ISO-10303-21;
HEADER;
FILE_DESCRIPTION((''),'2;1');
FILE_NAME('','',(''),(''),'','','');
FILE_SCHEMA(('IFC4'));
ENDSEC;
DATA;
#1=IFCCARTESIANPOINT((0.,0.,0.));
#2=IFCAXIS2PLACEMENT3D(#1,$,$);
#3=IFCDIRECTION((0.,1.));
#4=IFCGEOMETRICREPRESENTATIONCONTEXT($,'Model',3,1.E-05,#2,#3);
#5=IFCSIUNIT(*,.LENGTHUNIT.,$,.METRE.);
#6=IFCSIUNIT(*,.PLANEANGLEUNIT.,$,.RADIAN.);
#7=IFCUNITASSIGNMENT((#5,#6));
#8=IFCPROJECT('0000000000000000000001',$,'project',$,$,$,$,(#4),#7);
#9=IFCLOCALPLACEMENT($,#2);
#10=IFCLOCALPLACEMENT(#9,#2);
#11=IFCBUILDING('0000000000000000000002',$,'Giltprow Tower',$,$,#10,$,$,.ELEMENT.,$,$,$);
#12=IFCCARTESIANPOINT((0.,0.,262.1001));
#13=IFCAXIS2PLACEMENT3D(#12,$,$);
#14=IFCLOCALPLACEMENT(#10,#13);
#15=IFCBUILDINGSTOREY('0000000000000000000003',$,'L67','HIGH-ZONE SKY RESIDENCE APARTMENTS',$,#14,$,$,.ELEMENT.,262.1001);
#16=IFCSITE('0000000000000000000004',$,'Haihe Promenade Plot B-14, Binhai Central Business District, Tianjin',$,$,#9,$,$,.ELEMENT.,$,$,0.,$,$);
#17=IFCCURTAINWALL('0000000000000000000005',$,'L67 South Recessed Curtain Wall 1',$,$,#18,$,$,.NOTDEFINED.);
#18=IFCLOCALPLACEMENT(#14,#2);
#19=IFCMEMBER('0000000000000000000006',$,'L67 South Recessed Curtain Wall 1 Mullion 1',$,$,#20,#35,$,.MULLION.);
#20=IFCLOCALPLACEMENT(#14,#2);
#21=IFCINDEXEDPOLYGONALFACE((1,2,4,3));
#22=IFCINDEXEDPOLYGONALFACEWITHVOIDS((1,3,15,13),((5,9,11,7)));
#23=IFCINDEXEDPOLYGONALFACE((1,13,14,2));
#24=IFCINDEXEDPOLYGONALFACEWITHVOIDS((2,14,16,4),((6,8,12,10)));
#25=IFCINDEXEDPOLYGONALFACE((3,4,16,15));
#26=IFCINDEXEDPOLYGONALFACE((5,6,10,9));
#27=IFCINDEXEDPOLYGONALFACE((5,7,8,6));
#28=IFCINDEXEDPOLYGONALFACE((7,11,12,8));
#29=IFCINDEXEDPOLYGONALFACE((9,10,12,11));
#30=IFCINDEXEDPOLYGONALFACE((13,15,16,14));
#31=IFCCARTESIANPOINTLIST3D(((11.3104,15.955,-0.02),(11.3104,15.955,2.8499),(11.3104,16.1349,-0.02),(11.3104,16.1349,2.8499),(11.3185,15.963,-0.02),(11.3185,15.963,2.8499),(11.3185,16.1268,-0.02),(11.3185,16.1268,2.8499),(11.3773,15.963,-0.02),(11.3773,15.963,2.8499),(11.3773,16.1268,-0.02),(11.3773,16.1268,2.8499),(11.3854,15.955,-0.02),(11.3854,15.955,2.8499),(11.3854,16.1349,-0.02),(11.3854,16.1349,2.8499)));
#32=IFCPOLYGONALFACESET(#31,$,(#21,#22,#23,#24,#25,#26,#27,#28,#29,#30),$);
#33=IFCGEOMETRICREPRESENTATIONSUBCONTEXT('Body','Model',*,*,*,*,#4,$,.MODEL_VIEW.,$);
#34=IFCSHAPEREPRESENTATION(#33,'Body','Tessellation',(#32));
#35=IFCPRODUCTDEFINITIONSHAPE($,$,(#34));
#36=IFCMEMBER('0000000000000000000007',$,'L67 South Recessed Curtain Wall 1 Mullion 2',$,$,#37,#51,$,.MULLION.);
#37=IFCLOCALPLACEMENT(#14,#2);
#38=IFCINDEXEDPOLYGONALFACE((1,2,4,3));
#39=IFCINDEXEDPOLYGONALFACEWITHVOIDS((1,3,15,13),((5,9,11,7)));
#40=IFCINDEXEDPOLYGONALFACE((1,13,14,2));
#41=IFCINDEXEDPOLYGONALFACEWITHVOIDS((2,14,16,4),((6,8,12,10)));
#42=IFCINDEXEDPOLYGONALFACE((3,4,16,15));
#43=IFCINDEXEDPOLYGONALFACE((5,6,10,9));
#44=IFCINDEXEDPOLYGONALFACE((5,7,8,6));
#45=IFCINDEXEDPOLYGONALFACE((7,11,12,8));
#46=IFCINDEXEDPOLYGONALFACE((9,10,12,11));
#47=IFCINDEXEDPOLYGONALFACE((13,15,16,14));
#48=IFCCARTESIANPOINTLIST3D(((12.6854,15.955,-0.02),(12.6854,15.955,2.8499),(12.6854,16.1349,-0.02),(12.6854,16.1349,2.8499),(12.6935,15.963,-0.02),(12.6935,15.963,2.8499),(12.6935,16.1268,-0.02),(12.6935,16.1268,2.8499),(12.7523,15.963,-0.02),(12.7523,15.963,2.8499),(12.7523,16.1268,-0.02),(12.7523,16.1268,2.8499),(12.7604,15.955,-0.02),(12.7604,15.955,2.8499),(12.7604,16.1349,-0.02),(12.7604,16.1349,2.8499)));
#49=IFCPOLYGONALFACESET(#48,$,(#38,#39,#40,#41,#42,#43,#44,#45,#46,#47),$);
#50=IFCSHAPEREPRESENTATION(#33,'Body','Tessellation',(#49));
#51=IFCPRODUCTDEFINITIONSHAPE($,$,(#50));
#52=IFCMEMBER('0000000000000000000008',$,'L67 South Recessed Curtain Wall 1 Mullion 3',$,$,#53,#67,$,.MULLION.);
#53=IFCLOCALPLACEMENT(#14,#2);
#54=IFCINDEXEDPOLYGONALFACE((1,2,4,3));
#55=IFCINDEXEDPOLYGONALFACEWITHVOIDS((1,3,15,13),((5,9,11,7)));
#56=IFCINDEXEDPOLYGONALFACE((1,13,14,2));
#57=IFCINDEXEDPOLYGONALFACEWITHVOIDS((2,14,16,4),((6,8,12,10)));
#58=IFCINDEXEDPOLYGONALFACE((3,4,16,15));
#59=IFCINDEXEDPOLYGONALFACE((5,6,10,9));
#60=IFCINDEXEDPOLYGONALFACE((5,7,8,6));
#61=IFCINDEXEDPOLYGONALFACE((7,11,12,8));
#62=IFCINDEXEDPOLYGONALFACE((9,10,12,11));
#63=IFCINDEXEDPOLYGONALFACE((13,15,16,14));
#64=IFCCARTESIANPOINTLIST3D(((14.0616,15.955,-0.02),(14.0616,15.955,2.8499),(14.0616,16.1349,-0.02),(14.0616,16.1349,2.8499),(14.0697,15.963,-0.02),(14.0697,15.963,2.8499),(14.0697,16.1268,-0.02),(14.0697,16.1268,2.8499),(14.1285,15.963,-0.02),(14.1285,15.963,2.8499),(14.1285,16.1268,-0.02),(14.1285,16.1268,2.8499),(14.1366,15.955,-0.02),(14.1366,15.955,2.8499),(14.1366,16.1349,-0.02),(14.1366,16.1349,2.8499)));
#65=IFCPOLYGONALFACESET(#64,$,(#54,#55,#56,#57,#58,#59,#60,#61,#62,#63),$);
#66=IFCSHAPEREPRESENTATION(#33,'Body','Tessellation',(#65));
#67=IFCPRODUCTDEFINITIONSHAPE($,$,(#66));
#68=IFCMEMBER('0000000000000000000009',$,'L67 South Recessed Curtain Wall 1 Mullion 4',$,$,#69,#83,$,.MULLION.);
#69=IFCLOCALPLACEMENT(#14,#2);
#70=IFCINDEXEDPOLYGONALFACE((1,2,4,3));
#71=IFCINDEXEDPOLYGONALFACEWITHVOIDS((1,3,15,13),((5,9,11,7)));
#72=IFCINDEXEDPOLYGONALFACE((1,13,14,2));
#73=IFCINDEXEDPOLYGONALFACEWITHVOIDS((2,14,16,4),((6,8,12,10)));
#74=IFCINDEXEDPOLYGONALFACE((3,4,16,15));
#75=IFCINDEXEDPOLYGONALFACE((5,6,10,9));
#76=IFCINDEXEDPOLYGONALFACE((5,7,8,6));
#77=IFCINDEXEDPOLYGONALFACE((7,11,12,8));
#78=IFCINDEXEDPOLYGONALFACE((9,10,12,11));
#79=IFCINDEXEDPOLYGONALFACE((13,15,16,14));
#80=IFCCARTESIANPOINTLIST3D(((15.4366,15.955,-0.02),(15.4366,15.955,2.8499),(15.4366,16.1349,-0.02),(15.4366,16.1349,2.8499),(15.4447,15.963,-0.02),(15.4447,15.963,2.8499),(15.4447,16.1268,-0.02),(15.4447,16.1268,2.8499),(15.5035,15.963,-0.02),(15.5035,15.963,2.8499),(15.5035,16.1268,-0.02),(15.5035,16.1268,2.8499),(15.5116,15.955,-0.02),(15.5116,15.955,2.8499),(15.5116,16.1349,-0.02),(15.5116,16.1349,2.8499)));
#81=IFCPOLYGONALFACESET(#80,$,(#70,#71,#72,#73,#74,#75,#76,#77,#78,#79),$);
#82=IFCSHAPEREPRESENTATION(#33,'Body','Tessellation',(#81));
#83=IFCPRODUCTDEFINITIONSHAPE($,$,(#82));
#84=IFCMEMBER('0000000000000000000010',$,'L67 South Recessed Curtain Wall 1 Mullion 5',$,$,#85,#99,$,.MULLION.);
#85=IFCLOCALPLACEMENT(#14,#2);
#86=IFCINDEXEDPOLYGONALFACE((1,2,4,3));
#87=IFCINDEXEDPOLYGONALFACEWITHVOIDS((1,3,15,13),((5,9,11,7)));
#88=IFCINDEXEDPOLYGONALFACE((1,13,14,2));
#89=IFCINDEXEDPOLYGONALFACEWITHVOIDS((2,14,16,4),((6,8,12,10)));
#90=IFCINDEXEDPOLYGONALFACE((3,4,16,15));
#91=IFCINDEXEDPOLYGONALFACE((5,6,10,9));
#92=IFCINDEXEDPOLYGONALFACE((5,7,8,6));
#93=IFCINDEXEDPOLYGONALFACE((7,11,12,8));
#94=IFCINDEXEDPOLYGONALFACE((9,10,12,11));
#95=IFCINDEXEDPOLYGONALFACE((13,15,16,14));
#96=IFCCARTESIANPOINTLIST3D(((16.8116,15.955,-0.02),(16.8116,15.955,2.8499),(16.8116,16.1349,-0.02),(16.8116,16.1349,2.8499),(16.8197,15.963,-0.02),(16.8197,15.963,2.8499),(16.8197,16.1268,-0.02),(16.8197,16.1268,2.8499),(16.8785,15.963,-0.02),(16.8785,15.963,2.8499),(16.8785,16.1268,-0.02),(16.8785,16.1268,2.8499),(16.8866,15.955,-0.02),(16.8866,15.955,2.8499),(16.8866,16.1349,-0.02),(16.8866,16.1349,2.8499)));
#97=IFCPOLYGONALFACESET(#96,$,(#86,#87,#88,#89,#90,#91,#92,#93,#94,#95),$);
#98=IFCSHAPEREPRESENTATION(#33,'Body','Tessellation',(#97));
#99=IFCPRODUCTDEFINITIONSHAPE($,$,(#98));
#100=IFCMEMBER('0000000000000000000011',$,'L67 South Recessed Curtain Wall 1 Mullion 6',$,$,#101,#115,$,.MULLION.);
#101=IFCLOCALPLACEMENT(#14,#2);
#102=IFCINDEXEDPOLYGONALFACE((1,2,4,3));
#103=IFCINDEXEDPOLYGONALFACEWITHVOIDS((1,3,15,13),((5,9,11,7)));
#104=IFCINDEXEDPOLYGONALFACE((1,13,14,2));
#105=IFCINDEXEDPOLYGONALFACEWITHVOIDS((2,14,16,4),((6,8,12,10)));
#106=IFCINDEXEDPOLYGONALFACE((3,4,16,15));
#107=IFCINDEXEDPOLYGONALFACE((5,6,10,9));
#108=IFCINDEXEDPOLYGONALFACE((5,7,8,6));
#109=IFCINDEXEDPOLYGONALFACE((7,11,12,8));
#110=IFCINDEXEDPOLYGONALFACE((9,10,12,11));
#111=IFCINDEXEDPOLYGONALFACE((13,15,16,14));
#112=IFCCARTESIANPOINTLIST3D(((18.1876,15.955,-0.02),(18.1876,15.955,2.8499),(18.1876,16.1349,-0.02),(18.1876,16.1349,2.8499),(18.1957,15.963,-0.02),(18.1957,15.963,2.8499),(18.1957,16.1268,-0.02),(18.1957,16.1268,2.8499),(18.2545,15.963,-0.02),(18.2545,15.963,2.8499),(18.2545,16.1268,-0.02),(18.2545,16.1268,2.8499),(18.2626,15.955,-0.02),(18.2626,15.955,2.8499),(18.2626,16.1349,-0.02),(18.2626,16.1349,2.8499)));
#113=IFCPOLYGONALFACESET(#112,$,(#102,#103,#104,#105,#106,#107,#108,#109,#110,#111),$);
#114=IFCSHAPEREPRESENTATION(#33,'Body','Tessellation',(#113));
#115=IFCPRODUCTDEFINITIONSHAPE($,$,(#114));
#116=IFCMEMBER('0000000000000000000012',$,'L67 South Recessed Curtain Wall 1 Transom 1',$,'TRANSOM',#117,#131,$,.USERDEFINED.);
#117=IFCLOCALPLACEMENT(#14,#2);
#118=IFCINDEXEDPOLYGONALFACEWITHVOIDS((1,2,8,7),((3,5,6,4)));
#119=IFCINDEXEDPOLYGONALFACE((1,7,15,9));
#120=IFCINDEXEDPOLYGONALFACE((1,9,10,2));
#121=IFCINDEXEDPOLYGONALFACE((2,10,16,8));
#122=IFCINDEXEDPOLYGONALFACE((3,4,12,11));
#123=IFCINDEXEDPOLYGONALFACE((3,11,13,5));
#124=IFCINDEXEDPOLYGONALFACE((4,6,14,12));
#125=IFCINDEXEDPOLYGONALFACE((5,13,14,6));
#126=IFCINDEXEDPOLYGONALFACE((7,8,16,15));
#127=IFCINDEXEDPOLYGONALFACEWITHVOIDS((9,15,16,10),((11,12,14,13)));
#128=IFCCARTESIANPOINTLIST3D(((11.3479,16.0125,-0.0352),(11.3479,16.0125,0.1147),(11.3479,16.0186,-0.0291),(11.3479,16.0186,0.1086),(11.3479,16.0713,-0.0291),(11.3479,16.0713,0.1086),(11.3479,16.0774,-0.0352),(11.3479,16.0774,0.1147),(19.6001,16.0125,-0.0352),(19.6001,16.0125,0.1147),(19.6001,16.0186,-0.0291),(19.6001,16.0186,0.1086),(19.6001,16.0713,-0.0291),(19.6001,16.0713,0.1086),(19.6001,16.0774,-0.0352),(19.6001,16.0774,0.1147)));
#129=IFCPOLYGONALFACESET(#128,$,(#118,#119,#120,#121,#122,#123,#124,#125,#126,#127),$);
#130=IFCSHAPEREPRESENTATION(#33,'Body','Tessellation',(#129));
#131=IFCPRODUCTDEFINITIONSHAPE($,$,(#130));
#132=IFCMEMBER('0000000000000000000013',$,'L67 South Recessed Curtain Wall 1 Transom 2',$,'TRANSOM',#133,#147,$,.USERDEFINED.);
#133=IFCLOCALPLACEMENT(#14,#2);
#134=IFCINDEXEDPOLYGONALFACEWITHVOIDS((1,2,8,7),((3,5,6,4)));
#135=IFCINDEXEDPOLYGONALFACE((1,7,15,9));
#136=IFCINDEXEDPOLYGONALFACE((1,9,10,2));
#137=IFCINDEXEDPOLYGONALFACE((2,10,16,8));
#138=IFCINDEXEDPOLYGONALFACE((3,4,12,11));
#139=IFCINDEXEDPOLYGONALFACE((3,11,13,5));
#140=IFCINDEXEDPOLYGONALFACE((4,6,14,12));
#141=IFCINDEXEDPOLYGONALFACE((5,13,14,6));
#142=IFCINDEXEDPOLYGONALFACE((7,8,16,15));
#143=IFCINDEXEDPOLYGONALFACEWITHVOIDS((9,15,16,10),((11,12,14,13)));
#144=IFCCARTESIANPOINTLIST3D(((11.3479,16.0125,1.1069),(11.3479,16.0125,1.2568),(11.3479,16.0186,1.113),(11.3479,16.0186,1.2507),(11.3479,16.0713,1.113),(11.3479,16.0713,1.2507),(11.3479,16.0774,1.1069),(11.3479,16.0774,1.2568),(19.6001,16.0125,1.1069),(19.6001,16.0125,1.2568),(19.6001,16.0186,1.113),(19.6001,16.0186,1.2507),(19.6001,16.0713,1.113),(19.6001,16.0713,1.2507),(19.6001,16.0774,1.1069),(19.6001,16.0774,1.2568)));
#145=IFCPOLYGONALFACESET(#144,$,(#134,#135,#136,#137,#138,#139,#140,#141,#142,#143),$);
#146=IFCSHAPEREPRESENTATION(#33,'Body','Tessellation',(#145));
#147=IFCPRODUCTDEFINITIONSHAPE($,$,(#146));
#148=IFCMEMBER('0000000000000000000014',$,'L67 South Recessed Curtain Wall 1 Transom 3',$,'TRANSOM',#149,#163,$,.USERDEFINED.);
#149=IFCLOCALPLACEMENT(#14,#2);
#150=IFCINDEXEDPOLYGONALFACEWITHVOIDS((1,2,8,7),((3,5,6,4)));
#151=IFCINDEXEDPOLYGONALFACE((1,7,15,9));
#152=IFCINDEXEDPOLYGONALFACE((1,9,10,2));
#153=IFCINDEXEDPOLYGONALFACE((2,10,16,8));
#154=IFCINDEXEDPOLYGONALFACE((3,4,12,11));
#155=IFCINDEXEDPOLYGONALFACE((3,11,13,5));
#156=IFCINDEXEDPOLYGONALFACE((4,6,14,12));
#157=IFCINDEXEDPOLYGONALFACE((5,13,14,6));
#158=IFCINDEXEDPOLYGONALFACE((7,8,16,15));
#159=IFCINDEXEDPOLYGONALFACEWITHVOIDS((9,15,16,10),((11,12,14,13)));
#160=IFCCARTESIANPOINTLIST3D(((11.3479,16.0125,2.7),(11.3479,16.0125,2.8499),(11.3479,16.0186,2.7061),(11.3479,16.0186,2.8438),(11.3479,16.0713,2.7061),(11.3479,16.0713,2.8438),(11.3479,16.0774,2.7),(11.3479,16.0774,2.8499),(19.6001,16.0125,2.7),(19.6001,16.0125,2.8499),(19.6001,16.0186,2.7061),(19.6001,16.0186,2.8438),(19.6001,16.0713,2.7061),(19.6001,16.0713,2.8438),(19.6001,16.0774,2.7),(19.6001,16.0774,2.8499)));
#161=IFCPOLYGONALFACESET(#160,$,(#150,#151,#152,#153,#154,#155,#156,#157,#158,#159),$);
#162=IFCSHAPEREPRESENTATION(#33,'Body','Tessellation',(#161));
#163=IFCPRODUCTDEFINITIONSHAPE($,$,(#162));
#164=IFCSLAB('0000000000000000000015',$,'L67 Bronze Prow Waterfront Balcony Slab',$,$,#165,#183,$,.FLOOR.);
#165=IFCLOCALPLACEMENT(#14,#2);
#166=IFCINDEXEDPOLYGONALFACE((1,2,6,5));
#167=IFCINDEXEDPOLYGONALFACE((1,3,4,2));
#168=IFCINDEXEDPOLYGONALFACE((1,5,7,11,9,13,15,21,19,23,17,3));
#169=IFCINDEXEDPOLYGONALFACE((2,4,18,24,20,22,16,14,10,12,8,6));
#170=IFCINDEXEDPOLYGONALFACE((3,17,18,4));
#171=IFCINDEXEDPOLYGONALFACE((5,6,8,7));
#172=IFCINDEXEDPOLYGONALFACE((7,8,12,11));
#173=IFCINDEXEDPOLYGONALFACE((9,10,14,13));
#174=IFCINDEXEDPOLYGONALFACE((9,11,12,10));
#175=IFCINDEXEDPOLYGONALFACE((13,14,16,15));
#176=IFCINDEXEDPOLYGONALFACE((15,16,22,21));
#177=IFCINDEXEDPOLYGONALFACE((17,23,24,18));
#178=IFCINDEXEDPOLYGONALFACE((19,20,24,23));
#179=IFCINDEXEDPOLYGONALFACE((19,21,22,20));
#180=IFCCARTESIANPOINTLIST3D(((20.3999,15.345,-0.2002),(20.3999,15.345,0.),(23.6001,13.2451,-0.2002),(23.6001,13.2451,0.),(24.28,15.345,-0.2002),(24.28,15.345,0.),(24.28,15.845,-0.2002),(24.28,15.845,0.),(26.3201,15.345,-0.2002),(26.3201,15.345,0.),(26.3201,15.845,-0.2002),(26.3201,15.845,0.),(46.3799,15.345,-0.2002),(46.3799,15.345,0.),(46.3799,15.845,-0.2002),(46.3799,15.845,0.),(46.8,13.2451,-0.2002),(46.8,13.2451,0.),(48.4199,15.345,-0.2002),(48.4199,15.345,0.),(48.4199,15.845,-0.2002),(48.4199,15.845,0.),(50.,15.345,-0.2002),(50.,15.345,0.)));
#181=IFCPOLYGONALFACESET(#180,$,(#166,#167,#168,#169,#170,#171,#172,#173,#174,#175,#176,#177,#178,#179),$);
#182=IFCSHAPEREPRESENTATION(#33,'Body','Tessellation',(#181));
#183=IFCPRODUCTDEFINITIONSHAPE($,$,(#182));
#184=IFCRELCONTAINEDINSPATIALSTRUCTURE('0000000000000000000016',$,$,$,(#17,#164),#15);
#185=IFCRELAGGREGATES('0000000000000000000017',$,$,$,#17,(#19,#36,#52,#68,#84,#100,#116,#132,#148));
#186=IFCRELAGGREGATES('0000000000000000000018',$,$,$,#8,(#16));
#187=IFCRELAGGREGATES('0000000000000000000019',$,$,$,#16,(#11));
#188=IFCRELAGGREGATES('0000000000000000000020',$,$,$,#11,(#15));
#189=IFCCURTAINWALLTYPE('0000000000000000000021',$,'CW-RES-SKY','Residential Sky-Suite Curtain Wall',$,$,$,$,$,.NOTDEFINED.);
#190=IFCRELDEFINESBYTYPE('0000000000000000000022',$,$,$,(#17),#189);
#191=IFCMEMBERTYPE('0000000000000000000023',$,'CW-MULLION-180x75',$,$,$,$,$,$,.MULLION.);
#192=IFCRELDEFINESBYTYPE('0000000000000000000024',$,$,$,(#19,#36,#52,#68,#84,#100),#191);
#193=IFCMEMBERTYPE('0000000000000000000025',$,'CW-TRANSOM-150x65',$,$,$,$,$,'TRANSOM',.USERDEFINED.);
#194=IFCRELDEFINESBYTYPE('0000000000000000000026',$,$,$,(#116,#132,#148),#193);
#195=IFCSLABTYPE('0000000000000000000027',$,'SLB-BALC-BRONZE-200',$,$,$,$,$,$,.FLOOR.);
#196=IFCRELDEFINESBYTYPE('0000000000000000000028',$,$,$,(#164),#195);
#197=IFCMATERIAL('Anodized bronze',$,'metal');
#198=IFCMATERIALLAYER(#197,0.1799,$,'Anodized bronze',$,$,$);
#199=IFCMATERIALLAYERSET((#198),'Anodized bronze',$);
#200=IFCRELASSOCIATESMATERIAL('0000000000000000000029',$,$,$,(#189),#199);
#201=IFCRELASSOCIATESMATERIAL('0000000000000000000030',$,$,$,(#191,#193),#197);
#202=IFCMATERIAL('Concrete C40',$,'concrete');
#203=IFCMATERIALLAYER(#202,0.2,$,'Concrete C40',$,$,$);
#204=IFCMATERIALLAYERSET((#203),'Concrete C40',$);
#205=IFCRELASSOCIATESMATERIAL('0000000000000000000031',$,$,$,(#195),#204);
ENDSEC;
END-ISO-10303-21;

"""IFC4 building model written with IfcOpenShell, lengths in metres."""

from ifc_helpers import new_model, si_unit, direction, frame, origin, origin_2d, place, context, subcontext, project, spatial, polyline, hollow_rectangle, outline, extrude, source, transform, mapped, material, layer, layer_set, material_profile, profile_set, type_object, element, aggregate, save


model = new_model("IFC4")

# Units and contexts
model_context = context("Model", 3, precision=1e-05, world=origin(), true_north=direction((0.0, 1.0)))
body_context = subcontext(model_context, "Body", "Model", "MODEL_VIEW")
ifc_project = project(units=[si_unit("LENGTHUNIT", "METRE"), si_unit("PLANEANGLEUNIT", "RADIAN")], contexts=[model_context])

# Site, building, storey
site_placement = place(None, origin())
site = spatial("IfcSite", under=ifc_project, at=site_placement, Name="Haihe Promenade Plot B-14, Binhai Central Business District, Tianjin", CompositionType="ELEMENT", RefElevation=0.0)
building_placement = place(site_placement, origin())
building = spatial("IfcBuilding", under=site, at=building_placement, Name="Giltprow Tower", CompositionType="ELEMENT")
storey_placement = place(building_placement, frame((0.0, 0.0, 262.1001)))
storey = spatial("IfcBuildingStorey", under=building, at=storey_placement, Name="L67", Description="HIGH-ZONE SKY RESIDENCE APARTMENTS", CompositionType="ELEMENT", Elevation=262.1001)

# Curtain wall, members
ifc_material_1 = material(Name="Anodized bronze", Category="metal")
ifc_layer_1 = layer(ifc_material_1, 0.1799, Name="Anodized bronze")
ifc_layer_set_1 = layer_set([ifc_layer_1], Name="Anodized bronze")
curtain_wall_type = type_object("IfcCurtainWallType", Name="CW-RES-SKY", Description="Residential Sky-Suite Curtain Wall", PredefinedType="NOTDEFINED", material=ifc_layer_set_1)
curtain_wall_placement = place(storey_placement, origin())
curtain_wall = element("IfcCurtainWall", 1, at=curtain_wall_placement, inside=storey, type_object=curtain_wall_type, Name="L67 South Recessed Curtain Wall 1", PredefinedType="NOTDEFINED")
ifc_material_profile_1 = material_profile(ifc_material_1, hollow_rectangle(XDim=0.075, YDim=0.1799, WallThickness=0.0081, at=origin_2d()), Name="RHS 180x75x8")
ifc_profile_set_1 = profile_set([ifc_material_profile_1], Name="Anodized bronze")
member_type_1 = type_object("IfcMemberType", Name="CW-MULLION-180x75", PredefinedType="MULLION", material=ifc_profile_set_1)
shared_shape_1 = source(origin(), body_context, "Body", "SweptSolid", [
    extrude(hollow_rectangle(XDim=0.075, YDim=0.1799, WallThickness=0.0081, at=origin_2d()), origin(), (0.0, 0.0, 1.0), 2.8699),
])
member_1_placement = place(storey_placement, frame((11.3479, 16.0449, -0.02), z_axis=(0.0, 0.0, 1.0), x_axis=(1.0, 0.0, 0.0)))
member_1 = element("IfcMember", 2, at=member_1_placement, type_object=member_type_1, Name="L67 South Recessed Curtain Wall 1 Mullion 1", PredefinedType="MULLION", context=body_context, shape_type="MappedRepresentation", body=[
    mapped(shared_shape_1, transform((0.0, 0.0, 0.0), x_axis=(1.0, 0.0, 0.0), y_axis=(0.0, 1.0, 0.0), z_axis=(0.0, 0.0, 1.0), scale=1.0)),
])
member_2_placement = place(storey_placement, frame((12.7229, 16.0449, -0.02), z_axis=(0.0, 0.0, 1.0), x_axis=(1.0, 0.0, 0.0)))
member_2 = element("IfcMember", 3, at=member_2_placement, type_object=member_type_1, Name="L67 South Recessed Curtain Wall 1 Mullion 2", PredefinedType="MULLION", context=body_context, shape_type="MappedRepresentation", body=[
    mapped(shared_shape_1, transform((0.0, 0.0, 0.0), x_axis=(1.0, 0.0, 0.0), y_axis=(0.0, 1.0, 0.0), z_axis=(0.0, 0.0, 1.0), scale=1.0)),
])
member_3_placement = place(storey_placement, frame((14.0991, 16.0449, -0.02), z_axis=(0.0, 0.0, 1.0), x_axis=(1.0, 0.0, 0.0)))
member_3 = element("IfcMember", 4, at=member_3_placement, type_object=member_type_1, Name="L67 South Recessed Curtain Wall 1 Mullion 3", PredefinedType="MULLION", context=body_context, shape_type="MappedRepresentation", body=[
    mapped(shared_shape_1, transform((0.0, 0.0, 0.0), x_axis=(1.0, 0.0, 0.0), y_axis=(0.0, 1.0, 0.0), z_axis=(0.0, 0.0, 1.0), scale=1.0)),
])
member_4_placement = place(storey_placement, frame((15.4741, 16.0449, -0.02), z_axis=(0.0, 0.0, 1.0), x_axis=(1.0, 0.0, 0.0)))
member_4 = element("IfcMember", 5, at=member_4_placement, type_object=member_type_1, Name="L67 South Recessed Curtain Wall 1 Mullion 4", PredefinedType="MULLION", context=body_context, shape_type="MappedRepresentation", body=[
    mapped(shared_shape_1, transform((0.0, 0.0, 0.0), x_axis=(1.0, 0.0, 0.0), y_axis=(0.0, 1.0, 0.0), z_axis=(0.0, 0.0, 1.0), scale=1.0)),
])
member_5_placement = place(storey_placement, frame((16.8491, 16.0449, -0.02), z_axis=(0.0, 0.0, 1.0), x_axis=(1.0, 0.0, 0.0)))
member_5 = element("IfcMember", 6, at=member_5_placement, type_object=member_type_1, Name="L67 South Recessed Curtain Wall 1 Mullion 5", PredefinedType="MULLION", context=body_context, shape_type="MappedRepresentation", body=[
    mapped(shared_shape_1, transform((0.0, 0.0, 0.0), x_axis=(1.0, 0.0, 0.0), y_axis=(0.0, 1.0, 0.0), z_axis=(0.0, 0.0, 1.0), scale=1.0)),
])
member_6_placement = place(storey_placement, frame((18.2251, 16.0449, -0.02), z_axis=(0.0, 0.0, 1.0), x_axis=(1.0, 0.0, 0.0)))
member_6 = element("IfcMember", 7, at=member_6_placement, type_object=member_type_1, Name="L67 South Recessed Curtain Wall 1 Mullion 6", PredefinedType="MULLION", context=body_context, shape_type="MappedRepresentation", body=[
    mapped(shared_shape_1, transform((0.0, 0.0, 0.0), x_axis=(1.0, 0.0, 0.0), y_axis=(0.0, 1.0, 0.0), z_axis=(0.0, 0.0, 1.0), scale=1.0)),
])
ifc_material_profile_2 = material_profile(ifc_material_1, hollow_rectangle(XDim=0.0649, YDim=0.1499, WallThickness=0.0061, at=origin_2d()), Name="RHS 150x65x6")
ifc_profile_set_2 = profile_set([ifc_material_profile_2], Name="Anodized bronze")
member_type_2 = type_object("IfcMemberType", Name="CW-TRANSOM-150x65", ElementType="TRANSOM", PredefinedType="USERDEFINED", material=ifc_profile_set_2)
shared_shape_2 = source(origin(), body_context, "Body", "SweptSolid", [
    extrude(hollow_rectangle(XDim=0.0649, YDim=0.1499, WallThickness=0.0061, at=origin_2d()), origin(), (0.0, 0.0, 1.0), 8.2522),
])
member_7_placement = place(storey_placement, frame((11.3479, 16.0449, 0.0398), z_axis=(1.0, 0.0, 0.0), x_axis=(0.0, 1.0, 0.0)))
member_7 = element("IfcMember", 8, at=member_7_placement, type_object=member_type_2, Name="L67 South Recessed Curtain Wall 1 Transom 1", ObjectType="TRANSOM", PredefinedType="USERDEFINED", context=body_context, shape_type="MappedRepresentation", body=[
    mapped(shared_shape_2, transform((0.0, 0.0, 0.0), x_axis=(1.0, 0.0, 0.0), y_axis=(0.0, 1.0, 0.0), z_axis=(0.0, 0.0, 1.0), scale=1.0)),
])
member_8_placement = place(storey_placement, frame((11.3479, 16.0449, 1.1819), z_axis=(1.0, 0.0, 0.0), x_axis=(0.0, 1.0, 0.0)))
member_8 = element("IfcMember", 9, at=member_8_placement, type_object=member_type_2, Name="L67 South Recessed Curtain Wall 1 Transom 2", ObjectType="TRANSOM", PredefinedType="USERDEFINED", context=body_context, shape_type="MappedRepresentation", body=[
    mapped(shared_shape_2, transform((0.0, 0.0, 0.0), x_axis=(1.0, 0.0, 0.0), y_axis=(0.0, 1.0, 0.0), z_axis=(0.0, 0.0, 1.0), scale=1.0)),
])
member_9_placement = place(storey_placement, frame((11.3479, 16.0449, 2.7749), z_axis=(1.0, 0.0, 0.0), x_axis=(0.0, 1.0, 0.0)))
member_9 = element("IfcMember", 10, at=member_9_placement, type_object=member_type_2, Name="L67 South Recessed Curtain Wall 1 Transom 3", ObjectType="TRANSOM", PredefinedType="USERDEFINED", context=body_context, shape_type="MappedRepresentation", body=[
    mapped(shared_shape_2, transform((0.0, 0.0, 0.0), x_axis=(1.0, 0.0, 0.0), y_axis=(0.0, 1.0, 0.0), z_axis=(0.0, 0.0, 1.0), scale=1.0)),
])

# Slab
ifc_material_2 = material(Name="Concrete C40", Category="concrete")
ifc_layer_2 = layer(ifc_material_2, 0.2, Name="Concrete C40")
ifc_layer_set_2 = layer_set([ifc_layer_2], Name="Concrete C40")
slab_type_1 = type_object("IfcSlabType", Name="SLB-BALC-BRONZE-200", PredefinedType="FLOOR", material=ifc_layer_set_2)
slab_1_placement = place(storey_placement, frame((0.0, 0.0, -0.2002)))
element("IfcSlab", 11, at=slab_1_placement, inside=storey, type_object=slab_type_1, Name="L67 Bronze Prow Waterfront Balcony Slab", PredefinedType="FLOOR", context=body_context, shape_type="SweptSolid", body=[
    extrude(outline(polyline([(50.0, 15.345), (46.8, 13.2451), (23.6001, 13.2451), (20.3999, 15.345), (24.28, 15.345), (24.28, 15.845), (26.3201, 15.845), (26.3201, 15.345), (46.3799, 15.345), (46.3799, 15.845), (48.4199, 15.845), (48.4199, 15.345), (50.0, 15.345)])), origin(), (0.0, 0.0, 1.0), 0.2002),
])

aggregate(curtain_wall, [member_1, member_2, member_3, member_4, member_5, member_6, member_7, member_8, member_9])

save(model, "model.ifc")
